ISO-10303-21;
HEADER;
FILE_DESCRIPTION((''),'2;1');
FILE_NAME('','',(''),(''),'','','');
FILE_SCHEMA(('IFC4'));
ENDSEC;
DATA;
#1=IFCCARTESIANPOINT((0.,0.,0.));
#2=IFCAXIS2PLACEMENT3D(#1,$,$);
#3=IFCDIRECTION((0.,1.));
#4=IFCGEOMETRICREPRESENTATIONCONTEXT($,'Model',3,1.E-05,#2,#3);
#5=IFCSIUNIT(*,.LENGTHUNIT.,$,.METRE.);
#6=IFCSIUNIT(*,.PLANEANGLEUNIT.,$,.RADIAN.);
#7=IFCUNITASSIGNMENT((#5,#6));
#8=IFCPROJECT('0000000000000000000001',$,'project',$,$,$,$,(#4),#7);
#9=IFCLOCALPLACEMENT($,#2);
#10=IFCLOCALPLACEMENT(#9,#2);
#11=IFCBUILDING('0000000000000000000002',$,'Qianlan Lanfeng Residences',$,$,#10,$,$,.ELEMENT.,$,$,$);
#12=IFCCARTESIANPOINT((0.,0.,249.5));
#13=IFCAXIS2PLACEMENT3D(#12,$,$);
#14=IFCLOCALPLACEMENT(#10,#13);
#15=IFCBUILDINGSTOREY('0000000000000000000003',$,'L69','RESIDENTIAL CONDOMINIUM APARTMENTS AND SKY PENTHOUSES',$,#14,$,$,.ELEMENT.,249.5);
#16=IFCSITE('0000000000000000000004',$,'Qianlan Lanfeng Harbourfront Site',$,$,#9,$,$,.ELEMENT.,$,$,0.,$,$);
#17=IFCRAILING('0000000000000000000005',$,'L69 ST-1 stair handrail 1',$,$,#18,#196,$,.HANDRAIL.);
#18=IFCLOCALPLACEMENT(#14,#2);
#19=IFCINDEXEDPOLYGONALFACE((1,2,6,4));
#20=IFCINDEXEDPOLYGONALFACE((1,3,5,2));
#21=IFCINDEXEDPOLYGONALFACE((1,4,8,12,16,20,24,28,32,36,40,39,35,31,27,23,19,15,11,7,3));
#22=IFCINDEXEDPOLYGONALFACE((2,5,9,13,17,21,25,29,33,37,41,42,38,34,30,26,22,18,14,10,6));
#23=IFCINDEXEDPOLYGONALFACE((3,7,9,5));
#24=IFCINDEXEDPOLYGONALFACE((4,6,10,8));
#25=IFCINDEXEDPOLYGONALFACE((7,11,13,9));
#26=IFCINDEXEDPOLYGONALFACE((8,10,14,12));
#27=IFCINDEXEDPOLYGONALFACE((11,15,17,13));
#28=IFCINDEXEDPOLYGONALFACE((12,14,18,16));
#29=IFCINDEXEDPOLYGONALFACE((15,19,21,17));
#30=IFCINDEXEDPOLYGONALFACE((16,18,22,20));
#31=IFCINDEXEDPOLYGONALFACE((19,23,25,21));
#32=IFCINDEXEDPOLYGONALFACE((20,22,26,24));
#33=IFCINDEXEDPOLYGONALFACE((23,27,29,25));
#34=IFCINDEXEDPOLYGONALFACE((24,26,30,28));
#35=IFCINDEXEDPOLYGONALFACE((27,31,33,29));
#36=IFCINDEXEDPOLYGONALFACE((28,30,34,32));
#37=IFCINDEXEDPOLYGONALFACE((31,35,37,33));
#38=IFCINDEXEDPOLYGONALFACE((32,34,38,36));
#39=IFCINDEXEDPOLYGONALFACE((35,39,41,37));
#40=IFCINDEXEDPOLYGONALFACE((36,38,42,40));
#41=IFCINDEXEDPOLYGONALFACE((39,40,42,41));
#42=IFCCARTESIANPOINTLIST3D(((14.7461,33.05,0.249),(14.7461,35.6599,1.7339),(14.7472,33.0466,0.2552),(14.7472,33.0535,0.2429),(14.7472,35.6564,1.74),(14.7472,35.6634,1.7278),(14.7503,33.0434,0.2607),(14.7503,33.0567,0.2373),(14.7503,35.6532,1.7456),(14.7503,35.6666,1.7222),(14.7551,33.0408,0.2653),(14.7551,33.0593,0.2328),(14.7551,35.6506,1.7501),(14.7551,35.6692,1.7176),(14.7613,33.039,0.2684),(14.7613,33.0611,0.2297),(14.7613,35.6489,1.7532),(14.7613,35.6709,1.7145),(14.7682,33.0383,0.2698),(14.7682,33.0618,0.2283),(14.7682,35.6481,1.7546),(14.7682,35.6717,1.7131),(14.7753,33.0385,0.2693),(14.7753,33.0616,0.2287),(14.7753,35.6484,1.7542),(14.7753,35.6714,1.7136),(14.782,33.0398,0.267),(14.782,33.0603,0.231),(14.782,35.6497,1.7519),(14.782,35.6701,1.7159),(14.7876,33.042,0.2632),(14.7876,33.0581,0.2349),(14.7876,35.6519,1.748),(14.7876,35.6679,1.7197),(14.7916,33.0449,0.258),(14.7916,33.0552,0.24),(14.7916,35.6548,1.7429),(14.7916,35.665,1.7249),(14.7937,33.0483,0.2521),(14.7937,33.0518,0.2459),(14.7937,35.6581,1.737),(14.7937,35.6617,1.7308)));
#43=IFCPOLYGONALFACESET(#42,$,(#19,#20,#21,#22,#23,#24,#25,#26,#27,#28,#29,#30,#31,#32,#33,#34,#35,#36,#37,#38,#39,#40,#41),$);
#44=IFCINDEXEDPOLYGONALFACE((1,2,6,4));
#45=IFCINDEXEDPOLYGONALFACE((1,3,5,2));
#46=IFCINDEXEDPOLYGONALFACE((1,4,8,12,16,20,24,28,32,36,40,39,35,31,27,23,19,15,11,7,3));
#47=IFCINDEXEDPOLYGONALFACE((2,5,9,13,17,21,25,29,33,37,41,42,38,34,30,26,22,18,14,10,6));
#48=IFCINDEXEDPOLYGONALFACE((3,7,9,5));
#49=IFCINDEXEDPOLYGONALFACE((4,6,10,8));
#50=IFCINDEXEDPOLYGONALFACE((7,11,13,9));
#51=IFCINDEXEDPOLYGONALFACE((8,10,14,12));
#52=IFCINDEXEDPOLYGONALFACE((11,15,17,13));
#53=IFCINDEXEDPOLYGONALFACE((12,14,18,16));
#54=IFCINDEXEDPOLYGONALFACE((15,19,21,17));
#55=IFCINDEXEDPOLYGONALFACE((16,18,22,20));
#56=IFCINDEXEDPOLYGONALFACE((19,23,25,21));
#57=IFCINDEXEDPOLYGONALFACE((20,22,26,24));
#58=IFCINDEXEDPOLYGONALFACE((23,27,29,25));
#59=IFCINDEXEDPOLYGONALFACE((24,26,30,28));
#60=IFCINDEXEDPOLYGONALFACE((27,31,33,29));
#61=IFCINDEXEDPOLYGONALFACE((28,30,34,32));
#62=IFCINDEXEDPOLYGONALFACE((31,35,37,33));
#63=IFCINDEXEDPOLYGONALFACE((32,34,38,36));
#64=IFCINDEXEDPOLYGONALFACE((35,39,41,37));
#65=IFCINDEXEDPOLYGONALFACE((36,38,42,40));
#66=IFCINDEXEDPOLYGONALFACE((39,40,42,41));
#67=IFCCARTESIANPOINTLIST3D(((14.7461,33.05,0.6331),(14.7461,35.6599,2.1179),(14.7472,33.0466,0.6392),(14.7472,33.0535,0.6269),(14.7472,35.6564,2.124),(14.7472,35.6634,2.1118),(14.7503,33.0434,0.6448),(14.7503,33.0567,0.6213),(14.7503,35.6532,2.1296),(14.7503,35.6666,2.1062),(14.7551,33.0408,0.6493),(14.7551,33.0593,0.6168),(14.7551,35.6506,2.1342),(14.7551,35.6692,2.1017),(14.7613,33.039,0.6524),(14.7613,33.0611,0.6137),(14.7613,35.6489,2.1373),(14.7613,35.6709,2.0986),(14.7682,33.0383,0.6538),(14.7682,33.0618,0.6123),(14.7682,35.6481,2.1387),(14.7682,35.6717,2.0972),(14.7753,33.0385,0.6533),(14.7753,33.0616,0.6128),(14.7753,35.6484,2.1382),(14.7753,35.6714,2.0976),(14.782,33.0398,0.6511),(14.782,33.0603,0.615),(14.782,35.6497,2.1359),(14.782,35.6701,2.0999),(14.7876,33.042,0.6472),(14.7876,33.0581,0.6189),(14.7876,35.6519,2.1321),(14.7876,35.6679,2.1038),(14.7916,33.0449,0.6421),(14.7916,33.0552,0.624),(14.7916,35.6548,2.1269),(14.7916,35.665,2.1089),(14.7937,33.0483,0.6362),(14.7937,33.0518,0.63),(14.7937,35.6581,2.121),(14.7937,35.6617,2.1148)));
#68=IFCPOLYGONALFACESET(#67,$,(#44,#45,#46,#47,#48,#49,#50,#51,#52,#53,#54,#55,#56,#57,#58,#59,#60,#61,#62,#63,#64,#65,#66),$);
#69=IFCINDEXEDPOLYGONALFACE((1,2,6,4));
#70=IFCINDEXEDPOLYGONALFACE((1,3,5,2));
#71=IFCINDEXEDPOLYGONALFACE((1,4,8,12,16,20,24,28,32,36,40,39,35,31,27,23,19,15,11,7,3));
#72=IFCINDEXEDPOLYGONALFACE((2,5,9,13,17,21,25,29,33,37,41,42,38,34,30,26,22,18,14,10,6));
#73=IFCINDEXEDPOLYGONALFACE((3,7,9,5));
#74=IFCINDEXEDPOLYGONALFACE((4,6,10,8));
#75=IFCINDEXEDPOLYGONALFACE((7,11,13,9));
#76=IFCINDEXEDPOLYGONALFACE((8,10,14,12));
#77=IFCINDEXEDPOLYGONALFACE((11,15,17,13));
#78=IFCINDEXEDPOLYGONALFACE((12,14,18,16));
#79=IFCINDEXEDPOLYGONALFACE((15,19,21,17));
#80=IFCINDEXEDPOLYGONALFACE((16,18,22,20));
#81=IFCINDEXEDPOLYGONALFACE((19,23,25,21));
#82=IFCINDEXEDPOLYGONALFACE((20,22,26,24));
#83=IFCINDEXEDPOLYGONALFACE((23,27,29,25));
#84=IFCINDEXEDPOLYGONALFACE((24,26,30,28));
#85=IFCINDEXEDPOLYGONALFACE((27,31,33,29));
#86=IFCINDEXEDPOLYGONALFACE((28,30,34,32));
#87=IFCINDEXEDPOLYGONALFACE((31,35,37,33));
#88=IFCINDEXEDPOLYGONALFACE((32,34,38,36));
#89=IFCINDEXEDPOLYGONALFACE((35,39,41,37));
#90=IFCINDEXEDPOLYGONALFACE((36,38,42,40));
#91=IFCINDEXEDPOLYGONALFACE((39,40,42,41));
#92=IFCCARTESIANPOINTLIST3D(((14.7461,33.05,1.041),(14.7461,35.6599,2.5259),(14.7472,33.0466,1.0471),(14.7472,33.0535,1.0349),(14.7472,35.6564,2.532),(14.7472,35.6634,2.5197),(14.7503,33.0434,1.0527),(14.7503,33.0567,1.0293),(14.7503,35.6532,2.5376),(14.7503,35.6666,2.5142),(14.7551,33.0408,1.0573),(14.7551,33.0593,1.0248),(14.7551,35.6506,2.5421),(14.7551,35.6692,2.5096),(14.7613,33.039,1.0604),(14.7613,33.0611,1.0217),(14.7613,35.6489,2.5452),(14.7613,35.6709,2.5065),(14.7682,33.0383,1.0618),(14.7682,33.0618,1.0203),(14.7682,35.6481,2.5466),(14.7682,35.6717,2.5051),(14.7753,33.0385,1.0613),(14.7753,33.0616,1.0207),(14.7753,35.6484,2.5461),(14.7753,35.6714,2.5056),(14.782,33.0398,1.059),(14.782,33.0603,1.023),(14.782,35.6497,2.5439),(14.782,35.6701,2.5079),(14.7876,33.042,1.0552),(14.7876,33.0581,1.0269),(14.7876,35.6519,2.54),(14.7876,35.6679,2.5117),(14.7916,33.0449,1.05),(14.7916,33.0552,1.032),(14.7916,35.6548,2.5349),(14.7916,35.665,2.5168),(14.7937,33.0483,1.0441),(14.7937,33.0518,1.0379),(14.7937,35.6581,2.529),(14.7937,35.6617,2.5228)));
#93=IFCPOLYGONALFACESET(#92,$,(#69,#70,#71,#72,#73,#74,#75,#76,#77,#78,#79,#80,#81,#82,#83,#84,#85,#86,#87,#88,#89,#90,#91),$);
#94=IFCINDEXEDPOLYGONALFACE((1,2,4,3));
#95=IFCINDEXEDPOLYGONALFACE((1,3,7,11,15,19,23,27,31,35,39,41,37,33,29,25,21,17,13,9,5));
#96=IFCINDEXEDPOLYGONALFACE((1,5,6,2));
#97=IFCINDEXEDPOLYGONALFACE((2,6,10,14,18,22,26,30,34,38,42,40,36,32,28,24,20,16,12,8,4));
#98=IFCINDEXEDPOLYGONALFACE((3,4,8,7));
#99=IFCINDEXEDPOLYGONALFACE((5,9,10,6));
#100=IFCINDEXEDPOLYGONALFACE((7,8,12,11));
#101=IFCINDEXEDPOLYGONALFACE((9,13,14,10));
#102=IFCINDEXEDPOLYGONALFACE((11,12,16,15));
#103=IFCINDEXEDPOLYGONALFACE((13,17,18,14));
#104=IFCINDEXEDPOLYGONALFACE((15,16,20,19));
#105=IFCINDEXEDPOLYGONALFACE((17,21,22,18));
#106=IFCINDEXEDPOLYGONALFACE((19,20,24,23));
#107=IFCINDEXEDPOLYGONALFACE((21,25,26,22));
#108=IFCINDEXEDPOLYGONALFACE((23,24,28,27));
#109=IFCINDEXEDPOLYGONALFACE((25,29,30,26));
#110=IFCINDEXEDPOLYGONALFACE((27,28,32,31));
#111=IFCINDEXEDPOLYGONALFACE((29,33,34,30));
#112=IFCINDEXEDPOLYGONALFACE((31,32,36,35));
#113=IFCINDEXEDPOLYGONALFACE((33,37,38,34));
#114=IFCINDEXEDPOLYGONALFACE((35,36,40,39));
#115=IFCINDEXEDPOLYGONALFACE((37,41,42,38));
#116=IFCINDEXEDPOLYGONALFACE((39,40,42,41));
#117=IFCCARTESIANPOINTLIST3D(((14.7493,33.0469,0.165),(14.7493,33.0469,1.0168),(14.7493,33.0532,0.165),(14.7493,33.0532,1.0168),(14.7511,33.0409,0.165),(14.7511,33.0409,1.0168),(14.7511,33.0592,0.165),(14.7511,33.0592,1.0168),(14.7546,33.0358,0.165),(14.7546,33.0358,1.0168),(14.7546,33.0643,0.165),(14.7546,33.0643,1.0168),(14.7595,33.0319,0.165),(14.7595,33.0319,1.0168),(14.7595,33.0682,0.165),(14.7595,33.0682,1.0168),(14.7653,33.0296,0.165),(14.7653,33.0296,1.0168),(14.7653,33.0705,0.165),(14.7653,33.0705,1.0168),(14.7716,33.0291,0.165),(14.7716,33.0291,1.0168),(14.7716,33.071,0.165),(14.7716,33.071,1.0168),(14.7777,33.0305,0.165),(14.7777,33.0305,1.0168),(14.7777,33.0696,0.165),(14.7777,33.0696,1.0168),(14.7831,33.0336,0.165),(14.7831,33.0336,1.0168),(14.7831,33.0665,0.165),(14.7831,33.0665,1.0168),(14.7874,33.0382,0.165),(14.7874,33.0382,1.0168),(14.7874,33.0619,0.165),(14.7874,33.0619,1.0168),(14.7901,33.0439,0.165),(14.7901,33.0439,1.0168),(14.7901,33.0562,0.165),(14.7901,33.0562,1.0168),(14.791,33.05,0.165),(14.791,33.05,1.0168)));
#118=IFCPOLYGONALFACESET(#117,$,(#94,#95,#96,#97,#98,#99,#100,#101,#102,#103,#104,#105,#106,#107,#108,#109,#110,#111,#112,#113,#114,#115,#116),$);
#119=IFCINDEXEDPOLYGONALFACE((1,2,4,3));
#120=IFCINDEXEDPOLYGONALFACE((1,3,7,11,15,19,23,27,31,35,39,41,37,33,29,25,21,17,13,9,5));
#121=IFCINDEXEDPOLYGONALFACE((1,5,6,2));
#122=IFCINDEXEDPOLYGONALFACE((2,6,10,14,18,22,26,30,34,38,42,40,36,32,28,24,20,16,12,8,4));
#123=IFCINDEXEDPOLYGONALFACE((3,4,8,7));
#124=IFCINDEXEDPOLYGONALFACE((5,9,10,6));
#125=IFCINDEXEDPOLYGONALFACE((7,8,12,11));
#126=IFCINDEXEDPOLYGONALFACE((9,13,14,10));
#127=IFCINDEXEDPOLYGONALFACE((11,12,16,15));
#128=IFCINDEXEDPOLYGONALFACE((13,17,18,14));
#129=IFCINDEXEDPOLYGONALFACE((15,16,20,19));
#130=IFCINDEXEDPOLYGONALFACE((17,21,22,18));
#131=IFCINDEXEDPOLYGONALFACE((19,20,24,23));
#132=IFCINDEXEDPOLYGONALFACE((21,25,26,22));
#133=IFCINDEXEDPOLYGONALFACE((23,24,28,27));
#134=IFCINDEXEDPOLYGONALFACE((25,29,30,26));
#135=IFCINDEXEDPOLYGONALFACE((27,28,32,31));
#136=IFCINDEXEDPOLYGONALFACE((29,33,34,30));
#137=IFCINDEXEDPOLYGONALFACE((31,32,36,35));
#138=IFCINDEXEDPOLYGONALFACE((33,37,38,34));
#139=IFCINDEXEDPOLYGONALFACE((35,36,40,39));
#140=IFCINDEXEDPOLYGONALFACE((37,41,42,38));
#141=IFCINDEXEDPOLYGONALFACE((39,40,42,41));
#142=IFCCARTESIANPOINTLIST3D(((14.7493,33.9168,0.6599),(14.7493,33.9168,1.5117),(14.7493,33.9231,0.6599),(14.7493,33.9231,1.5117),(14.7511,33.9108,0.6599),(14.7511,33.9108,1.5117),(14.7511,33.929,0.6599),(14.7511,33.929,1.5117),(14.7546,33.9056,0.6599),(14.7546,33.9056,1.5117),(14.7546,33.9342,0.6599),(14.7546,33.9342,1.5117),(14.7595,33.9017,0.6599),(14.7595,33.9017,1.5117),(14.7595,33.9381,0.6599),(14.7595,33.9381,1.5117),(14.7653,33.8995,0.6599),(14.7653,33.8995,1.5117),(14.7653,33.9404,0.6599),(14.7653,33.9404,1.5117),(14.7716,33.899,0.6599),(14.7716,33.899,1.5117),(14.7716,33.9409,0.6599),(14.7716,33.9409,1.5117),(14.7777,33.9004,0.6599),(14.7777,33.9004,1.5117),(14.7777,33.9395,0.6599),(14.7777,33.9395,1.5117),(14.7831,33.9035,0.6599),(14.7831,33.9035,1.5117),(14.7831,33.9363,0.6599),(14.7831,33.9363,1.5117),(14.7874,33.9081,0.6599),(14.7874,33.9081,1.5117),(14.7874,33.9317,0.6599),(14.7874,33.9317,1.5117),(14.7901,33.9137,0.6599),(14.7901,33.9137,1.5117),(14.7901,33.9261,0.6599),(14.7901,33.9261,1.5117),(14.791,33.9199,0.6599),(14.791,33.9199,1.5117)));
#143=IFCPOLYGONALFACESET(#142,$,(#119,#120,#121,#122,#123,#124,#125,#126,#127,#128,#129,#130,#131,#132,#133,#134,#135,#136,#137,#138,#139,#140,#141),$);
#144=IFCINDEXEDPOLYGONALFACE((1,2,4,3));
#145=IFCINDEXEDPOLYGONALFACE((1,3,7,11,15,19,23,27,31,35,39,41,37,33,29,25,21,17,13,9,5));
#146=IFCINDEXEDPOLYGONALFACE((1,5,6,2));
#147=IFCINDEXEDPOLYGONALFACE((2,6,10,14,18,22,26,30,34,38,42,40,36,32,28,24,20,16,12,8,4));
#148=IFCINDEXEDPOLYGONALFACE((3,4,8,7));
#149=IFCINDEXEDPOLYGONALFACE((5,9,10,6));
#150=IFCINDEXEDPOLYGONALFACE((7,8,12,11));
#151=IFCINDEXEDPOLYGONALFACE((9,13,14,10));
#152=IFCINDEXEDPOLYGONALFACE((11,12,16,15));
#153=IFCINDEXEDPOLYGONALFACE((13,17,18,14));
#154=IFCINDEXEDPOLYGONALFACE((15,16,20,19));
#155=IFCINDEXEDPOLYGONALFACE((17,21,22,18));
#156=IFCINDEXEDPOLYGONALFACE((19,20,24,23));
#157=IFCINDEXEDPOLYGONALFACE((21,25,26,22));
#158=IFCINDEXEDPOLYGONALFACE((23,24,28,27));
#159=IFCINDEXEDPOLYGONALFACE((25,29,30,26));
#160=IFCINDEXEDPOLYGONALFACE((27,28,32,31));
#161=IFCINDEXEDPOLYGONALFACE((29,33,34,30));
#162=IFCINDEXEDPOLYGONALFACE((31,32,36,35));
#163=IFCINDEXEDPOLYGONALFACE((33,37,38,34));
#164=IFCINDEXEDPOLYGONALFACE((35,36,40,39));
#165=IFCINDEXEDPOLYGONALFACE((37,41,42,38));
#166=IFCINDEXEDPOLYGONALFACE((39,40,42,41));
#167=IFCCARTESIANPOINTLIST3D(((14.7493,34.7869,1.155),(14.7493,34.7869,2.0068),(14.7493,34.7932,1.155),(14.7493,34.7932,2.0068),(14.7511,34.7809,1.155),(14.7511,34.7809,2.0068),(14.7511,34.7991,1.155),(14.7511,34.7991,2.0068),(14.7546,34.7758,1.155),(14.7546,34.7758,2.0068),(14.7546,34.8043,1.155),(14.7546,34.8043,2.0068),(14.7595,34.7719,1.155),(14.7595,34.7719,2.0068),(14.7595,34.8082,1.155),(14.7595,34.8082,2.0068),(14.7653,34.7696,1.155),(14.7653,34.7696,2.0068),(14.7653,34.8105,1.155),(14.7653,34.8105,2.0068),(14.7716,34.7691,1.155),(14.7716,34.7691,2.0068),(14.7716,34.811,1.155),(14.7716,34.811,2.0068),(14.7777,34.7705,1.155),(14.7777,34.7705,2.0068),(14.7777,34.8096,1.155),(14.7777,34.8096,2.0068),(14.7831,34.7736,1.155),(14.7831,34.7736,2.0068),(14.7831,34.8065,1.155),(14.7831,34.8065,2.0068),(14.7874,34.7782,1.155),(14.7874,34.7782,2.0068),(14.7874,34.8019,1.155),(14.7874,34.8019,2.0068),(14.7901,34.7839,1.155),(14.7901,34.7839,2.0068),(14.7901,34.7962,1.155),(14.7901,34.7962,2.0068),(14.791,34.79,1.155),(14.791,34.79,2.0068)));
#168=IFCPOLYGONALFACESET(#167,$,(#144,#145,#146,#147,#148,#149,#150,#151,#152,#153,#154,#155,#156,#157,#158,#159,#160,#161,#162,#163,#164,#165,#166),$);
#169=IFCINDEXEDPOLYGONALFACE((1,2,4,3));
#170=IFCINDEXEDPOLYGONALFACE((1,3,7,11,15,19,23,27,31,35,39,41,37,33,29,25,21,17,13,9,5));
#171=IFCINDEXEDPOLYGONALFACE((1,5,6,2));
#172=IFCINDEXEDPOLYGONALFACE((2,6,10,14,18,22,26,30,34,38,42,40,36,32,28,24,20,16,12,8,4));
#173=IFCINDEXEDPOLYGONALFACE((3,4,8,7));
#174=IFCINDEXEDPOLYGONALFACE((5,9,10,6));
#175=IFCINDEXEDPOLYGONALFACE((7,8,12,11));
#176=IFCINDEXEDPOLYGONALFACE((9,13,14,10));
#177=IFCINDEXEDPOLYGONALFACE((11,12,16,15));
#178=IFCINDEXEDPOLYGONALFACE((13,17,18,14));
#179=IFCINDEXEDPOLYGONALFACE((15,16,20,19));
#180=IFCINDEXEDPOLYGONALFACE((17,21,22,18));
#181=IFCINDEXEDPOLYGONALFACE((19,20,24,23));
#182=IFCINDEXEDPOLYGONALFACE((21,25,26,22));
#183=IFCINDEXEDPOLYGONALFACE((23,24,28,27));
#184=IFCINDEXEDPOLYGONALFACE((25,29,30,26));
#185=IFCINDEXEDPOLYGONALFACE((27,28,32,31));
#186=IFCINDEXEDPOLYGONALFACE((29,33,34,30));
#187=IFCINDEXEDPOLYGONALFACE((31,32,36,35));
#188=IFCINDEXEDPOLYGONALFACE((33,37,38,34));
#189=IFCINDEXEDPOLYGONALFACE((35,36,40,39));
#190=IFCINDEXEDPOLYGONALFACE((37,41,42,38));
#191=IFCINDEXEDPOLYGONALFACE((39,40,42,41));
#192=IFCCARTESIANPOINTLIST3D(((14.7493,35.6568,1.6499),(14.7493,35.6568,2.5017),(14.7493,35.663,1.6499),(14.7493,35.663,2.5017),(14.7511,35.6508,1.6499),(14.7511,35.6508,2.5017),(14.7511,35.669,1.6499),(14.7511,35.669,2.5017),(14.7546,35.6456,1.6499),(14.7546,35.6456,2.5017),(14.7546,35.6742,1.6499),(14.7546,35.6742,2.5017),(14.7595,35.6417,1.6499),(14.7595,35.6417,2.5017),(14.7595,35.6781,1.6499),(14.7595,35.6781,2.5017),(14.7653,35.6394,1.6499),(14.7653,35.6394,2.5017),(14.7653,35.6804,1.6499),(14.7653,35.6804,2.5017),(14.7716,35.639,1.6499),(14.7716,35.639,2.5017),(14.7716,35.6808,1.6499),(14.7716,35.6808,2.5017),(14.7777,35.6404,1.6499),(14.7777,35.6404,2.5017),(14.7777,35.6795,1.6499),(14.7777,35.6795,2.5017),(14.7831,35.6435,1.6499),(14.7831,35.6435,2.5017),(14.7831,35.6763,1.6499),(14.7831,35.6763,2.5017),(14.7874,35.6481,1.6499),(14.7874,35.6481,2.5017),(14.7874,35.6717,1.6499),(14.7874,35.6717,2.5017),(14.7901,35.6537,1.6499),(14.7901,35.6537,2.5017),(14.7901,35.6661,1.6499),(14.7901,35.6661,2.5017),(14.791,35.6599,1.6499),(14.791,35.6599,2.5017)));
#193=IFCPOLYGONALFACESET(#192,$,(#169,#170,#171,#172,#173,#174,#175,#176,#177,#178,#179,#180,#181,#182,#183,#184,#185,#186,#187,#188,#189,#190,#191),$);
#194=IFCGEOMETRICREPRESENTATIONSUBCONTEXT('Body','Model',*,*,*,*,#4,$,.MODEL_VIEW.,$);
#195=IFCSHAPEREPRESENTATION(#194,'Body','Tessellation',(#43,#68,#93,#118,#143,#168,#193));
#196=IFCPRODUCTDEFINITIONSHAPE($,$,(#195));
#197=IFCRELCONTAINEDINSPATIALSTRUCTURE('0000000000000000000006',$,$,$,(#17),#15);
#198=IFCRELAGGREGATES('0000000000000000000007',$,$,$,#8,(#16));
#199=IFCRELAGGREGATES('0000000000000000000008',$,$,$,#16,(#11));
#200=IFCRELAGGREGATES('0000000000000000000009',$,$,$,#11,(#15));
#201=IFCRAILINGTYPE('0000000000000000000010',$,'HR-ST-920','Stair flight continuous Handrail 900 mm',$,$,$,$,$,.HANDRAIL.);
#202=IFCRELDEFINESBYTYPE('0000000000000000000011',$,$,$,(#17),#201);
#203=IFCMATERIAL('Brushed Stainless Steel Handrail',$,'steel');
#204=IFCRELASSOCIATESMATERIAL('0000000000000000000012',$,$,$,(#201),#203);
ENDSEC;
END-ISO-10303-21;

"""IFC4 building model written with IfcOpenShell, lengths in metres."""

from ifc_helpers import new_model, si_unit, direction, frame, origin, origin_2d, place, context, subcontext, project, spatial, circle, extrude, material, type_object, element, save


model = new_model("IFC4")

# Units and contexts
model_context = context("Model", 3, precision=1e-05, world=origin(), true_north=direction((0.0, 1.0)))
body_context = subcontext(model_context, "Body", "Model", "MODEL_VIEW")
ifc_project = project(units=[si_unit("LENGTHUNIT", "METRE"), si_unit("PLANEANGLEUNIT", "RADIAN")], contexts=[model_context])

# Site, building, storey
site_placement = place(None, origin())
site = spatial("IfcSite", under=ifc_project, at=site_placement, Name="Qianlan Lanfeng Harbourfront Site", CompositionType="ELEMENT", RefElevation=0.0)
building_placement = place(site_placement, origin())
building = spatial("IfcBuilding", under=site, at=building_placement, Name="Qianlan Lanfeng Residences", CompositionType="ELEMENT")
storey_placement = place(building_placement, frame((0.0, 0.0, 249.5)))
storey = spatial("IfcBuildingStorey", under=building, at=storey_placement, Name="L69", Description="RESIDENTIAL CONDOMINIUM APARTMENTS AND SKY PENTHOUSES", CompositionType="ELEMENT", Elevation=249.5)

# Railing
ifc_material_1 = material(Name="Brushed Stainless Steel Handrail", Category="steel")
railing_type_1 = type_object("IfcRailingType", Name="HR-ST-920", Description="Stair flight continuous Handrail 900 mm", PredefinedType="HANDRAIL", material=ifc_material_1)
railing_1_placement = place(storey_placement, frame((14.77, 33.05, 0.165)))
element("IfcRailing", 1, at=railing_1_placement, inside=storey, type_object=railing_type_1, Name="L69 ST-1 stair handrail 1", PredefinedType="HANDRAIL", context=body_context, shape_type="SweptSolid", body=[
    extrude(circle(Radius=0.0239, at=origin_2d()), frame((0.0, 0.0, 0.084), z_axis=(0.0, 0.869172, 0.494509), x_axis=(-1.0, 0.0, 0.0)), (0.0, 0.0, 1.0), 3.0027),
    extrude(circle(Radius=0.0239, at=origin_2d()), frame((0.0, 0.0, 0.468), z_axis=(0.0, 0.869172, 0.494509), x_axis=(-1.0, 0.0, 0.0)), (0.0, 0.0, 1.0), 3.0027),
    extrude(circle(Radius=0.0239, at=origin_2d()), frame((0.0, 0.0, 0.876), z_axis=(0.0, 0.869172, 0.494509), x_axis=(-1.0, 0.0, 0.0)), (0.0, 0.0, 1.0), 3.0027),
    extrude(circle(Radius=0.021, at=origin_2d()), origin(), (0.0, 0.0, 1.0), 0.8518),
    extrude(circle(Radius=0.021, at=origin_2d()), frame((0.0, 0.8699, 0.4949)), (0.0, 0.0, 1.0), 0.8518),
    extrude(circle(Radius=0.021, at=origin_2d()), frame((0.0, 1.74, 0.99)), (0.0, 0.0, 1.0), 0.8518),
    extrude(circle(Radius=0.021, at=origin_2d()), frame((0.0, 2.6099, 1.4849)), (0.0, 0.0, 1.0), 0.8518),
])

save(model, "model.ifc")
